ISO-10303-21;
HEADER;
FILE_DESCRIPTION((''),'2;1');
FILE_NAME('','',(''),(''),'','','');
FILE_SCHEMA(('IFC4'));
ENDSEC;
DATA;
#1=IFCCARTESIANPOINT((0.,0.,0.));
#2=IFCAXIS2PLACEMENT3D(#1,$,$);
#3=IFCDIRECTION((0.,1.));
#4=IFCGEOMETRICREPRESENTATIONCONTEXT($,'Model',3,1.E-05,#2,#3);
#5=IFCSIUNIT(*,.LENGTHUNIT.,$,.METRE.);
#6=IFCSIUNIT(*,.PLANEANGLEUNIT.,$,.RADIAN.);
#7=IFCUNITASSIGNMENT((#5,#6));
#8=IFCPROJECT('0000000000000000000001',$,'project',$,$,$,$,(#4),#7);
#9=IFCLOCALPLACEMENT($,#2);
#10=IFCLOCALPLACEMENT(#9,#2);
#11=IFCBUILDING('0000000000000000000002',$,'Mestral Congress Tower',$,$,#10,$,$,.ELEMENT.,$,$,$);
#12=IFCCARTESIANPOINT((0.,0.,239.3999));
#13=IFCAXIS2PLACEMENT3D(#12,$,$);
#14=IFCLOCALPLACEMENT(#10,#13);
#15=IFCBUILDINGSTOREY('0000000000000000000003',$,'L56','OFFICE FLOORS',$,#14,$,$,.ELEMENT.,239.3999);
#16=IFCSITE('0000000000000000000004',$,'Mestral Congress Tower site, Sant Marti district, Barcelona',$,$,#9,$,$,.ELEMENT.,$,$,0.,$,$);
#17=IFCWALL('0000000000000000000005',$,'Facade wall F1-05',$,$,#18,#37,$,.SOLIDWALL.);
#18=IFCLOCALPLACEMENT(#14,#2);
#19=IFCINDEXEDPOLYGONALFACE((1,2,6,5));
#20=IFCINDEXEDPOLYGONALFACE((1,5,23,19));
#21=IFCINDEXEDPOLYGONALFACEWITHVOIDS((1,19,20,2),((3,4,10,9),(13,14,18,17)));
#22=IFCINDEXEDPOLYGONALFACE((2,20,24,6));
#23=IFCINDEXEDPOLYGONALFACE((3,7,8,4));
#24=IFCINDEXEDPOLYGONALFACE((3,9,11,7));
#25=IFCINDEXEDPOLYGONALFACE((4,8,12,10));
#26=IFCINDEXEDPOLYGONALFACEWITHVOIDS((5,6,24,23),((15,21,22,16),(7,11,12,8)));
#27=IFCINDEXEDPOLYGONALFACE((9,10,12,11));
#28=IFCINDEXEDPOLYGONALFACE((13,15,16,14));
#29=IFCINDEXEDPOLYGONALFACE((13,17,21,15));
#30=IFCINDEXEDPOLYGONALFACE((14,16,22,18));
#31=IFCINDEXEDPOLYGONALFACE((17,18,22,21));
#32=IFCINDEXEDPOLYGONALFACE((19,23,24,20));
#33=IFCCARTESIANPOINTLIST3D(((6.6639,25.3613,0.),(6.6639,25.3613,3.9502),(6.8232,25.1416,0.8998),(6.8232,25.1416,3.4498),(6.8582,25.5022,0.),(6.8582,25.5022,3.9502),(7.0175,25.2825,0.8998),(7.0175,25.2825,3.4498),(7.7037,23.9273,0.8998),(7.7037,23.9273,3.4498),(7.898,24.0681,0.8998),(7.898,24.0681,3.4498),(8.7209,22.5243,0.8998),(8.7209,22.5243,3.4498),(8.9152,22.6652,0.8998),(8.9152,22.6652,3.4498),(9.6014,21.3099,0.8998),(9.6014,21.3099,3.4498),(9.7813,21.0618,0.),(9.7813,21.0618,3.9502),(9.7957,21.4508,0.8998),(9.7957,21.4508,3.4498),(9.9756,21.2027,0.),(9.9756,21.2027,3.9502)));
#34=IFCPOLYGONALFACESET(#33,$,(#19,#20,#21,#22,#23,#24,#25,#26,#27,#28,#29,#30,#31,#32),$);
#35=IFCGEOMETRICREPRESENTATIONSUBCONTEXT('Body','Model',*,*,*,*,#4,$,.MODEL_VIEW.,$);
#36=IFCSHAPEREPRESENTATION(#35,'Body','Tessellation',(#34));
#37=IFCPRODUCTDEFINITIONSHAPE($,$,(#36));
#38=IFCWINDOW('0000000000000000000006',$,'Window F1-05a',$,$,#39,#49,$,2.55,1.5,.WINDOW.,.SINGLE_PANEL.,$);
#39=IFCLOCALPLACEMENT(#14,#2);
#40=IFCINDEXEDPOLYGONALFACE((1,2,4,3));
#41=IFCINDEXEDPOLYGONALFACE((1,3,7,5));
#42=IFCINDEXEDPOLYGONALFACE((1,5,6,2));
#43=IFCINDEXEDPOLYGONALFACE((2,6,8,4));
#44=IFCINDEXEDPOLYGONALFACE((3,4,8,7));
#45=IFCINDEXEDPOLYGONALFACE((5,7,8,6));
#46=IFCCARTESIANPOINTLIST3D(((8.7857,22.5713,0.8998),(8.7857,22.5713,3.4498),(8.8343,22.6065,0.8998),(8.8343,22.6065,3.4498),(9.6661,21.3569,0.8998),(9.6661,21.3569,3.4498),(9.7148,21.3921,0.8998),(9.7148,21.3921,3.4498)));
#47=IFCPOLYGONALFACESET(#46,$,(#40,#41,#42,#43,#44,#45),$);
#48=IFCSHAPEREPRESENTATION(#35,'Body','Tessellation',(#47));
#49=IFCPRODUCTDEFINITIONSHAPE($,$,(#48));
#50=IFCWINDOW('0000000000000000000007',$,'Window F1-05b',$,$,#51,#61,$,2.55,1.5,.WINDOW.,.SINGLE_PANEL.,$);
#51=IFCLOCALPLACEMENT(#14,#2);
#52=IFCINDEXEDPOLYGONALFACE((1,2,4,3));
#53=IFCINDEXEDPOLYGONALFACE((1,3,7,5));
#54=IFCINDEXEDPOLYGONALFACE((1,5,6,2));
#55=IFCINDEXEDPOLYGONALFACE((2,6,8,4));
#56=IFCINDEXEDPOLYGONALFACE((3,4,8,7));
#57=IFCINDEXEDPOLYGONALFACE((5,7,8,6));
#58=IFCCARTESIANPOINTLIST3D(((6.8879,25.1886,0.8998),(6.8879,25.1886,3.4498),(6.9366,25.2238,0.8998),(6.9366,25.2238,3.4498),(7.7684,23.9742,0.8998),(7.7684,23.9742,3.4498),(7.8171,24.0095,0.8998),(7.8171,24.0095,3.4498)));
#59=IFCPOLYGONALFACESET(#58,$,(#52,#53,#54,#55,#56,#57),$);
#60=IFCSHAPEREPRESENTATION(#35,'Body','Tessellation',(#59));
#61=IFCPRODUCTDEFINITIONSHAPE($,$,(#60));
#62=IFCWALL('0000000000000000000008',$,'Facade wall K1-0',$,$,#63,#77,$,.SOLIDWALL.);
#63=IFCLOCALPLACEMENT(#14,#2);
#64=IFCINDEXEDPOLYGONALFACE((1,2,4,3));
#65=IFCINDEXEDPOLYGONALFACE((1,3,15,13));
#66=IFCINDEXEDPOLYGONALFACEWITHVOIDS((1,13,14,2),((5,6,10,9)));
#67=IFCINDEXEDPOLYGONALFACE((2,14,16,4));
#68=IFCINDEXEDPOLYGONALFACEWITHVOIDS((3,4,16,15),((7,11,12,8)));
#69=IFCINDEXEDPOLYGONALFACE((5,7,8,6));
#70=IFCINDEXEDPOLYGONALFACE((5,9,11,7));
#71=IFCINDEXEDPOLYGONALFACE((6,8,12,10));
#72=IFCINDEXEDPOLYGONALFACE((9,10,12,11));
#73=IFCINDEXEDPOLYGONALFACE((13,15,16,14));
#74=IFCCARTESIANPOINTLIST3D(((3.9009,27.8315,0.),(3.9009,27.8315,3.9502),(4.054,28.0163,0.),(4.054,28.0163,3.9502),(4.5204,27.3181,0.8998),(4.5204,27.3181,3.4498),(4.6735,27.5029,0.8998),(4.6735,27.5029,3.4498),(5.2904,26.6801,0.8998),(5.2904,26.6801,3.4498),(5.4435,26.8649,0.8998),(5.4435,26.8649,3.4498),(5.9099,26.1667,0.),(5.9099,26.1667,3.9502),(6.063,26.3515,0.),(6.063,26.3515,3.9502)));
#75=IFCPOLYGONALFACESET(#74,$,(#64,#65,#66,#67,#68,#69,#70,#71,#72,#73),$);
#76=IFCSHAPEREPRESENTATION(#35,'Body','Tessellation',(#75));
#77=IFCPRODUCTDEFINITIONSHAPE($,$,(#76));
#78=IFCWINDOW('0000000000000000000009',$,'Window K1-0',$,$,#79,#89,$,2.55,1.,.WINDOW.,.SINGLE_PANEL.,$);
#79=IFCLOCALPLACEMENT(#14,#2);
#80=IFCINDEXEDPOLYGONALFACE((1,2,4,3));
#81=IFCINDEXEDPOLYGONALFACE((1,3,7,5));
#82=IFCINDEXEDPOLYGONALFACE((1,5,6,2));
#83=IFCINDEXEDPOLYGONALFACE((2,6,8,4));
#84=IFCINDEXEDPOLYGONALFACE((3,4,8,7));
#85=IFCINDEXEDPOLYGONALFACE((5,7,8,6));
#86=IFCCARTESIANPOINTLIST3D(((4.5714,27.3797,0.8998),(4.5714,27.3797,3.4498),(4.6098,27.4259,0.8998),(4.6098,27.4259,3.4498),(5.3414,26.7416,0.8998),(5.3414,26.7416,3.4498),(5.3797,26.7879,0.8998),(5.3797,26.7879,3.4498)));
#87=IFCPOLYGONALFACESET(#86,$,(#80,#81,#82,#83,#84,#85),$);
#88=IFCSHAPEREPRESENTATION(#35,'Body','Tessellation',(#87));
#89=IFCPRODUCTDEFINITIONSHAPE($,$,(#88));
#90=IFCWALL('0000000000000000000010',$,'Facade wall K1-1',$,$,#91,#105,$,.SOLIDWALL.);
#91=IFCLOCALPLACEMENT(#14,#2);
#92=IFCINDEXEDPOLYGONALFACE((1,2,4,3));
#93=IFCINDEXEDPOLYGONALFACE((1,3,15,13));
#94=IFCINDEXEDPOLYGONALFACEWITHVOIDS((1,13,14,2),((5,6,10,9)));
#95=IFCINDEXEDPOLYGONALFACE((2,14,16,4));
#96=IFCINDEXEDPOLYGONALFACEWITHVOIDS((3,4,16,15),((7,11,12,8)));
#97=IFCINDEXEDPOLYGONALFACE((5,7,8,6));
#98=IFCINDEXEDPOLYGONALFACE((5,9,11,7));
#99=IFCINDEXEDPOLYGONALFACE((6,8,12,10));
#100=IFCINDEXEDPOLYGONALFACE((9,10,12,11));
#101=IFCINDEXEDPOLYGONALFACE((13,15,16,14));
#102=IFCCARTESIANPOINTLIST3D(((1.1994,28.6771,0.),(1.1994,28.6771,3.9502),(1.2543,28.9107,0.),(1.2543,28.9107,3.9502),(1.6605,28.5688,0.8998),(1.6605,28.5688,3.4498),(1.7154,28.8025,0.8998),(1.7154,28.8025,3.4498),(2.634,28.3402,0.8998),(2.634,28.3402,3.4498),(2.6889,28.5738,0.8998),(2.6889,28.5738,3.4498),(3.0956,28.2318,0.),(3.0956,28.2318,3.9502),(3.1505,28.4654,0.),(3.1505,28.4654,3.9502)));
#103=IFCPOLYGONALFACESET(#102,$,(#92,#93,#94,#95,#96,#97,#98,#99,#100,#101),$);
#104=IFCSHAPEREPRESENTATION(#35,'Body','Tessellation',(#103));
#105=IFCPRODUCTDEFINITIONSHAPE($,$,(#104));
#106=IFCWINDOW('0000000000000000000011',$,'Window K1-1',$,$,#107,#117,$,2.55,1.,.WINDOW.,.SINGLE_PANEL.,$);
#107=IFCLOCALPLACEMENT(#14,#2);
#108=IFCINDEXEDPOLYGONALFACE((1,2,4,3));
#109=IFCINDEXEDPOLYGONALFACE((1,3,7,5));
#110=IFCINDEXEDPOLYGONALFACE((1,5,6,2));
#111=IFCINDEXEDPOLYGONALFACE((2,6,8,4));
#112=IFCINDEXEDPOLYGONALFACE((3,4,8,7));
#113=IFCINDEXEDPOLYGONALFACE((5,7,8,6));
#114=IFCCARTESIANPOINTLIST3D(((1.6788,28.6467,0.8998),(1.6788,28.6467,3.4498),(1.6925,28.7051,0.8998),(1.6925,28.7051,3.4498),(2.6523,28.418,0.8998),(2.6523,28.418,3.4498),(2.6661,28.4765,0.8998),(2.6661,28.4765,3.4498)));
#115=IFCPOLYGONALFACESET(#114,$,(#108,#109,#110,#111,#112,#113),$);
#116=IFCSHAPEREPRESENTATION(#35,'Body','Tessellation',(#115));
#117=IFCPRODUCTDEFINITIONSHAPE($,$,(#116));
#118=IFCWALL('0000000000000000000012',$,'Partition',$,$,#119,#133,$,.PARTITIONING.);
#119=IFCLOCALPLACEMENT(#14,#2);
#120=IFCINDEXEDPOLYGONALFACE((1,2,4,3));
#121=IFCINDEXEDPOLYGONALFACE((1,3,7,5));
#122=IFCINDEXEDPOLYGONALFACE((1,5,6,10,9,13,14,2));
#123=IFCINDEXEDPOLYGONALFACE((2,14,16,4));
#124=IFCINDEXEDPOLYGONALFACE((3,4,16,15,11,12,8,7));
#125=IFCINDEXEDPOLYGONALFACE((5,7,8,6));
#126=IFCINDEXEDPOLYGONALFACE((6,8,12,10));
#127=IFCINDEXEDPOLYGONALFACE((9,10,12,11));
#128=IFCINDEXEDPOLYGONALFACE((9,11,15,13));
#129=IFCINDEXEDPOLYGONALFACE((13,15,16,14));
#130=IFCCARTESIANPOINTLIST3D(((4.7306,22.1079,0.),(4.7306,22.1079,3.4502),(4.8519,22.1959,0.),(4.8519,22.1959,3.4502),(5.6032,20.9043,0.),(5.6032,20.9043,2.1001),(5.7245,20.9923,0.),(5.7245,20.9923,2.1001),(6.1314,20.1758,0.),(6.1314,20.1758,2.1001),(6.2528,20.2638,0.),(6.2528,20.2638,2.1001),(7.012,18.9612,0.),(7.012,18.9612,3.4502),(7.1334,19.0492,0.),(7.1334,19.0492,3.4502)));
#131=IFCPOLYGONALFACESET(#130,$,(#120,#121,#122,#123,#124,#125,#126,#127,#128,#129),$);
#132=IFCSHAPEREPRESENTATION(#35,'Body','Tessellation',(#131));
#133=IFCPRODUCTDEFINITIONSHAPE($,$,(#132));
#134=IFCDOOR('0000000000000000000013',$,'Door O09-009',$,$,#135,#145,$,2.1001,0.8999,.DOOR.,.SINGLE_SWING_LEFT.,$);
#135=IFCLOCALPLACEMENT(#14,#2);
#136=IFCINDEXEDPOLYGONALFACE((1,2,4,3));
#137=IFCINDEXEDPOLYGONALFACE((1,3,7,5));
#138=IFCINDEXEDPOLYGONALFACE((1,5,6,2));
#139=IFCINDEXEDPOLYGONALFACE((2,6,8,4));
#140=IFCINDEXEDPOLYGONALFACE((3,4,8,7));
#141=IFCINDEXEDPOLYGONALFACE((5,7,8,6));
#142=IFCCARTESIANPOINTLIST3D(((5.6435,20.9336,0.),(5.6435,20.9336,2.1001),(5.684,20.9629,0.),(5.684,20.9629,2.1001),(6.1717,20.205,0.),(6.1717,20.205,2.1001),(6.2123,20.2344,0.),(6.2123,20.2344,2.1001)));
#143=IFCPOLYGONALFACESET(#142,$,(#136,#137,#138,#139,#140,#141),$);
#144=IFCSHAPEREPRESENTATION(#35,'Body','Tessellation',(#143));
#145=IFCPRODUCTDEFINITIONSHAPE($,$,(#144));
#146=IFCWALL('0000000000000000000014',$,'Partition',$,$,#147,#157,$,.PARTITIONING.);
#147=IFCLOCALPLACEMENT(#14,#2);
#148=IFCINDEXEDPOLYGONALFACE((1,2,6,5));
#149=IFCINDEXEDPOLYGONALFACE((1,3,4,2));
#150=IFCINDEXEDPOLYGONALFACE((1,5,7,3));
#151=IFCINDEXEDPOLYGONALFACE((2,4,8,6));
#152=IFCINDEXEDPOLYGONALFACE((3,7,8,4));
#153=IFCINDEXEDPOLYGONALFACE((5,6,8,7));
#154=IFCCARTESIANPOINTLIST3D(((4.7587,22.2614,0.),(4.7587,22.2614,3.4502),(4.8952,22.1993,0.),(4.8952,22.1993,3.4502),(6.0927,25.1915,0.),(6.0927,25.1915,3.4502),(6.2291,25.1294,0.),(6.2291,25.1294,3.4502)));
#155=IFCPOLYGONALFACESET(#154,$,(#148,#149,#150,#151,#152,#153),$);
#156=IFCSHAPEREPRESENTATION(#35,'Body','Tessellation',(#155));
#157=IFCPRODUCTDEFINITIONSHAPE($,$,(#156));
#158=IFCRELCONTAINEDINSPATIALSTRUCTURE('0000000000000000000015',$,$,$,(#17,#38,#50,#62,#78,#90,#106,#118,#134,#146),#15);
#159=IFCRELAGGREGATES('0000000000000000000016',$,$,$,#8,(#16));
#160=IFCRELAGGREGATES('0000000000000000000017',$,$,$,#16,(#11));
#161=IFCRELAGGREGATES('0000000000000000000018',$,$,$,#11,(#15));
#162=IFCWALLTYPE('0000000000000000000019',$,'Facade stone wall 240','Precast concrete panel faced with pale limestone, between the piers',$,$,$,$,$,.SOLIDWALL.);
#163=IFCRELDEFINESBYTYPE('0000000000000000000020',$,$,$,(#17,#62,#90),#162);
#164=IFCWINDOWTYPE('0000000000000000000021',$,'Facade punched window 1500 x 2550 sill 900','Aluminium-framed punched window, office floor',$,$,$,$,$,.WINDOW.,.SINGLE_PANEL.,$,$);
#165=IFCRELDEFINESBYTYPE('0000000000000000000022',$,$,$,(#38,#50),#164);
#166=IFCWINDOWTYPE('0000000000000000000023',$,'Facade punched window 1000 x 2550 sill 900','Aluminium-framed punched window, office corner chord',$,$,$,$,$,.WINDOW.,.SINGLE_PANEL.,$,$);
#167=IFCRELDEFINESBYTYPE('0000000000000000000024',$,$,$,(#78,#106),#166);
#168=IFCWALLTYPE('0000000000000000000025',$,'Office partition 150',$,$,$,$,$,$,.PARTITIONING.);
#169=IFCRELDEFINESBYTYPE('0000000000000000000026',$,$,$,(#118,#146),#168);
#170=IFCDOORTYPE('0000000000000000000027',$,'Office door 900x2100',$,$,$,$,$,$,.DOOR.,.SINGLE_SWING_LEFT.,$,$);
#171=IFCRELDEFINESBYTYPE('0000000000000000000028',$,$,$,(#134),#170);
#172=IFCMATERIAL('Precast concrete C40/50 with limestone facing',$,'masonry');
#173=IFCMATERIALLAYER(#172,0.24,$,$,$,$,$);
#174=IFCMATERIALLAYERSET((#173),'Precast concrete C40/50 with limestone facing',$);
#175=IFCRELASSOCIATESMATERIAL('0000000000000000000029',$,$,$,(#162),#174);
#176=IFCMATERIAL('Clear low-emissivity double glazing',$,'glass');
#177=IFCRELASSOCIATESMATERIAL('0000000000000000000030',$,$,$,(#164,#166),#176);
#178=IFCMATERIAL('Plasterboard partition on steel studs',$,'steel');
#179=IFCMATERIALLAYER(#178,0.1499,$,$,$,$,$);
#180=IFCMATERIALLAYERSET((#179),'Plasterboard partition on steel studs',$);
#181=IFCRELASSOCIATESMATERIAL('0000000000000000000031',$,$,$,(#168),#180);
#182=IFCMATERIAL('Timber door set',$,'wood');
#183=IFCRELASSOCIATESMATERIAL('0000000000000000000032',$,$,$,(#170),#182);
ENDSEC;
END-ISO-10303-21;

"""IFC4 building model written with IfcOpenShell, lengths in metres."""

from ifc_helpers import new_model, si_unit, direction, frame, frame_2d, origin, place, context, subcontext, project, spatial, rectangle, extrude, material, layer, layer_set, type_object, element, fill, save


model = new_model("IFC4")

# Units and contexts
model_context = context("Model", 3, precision=1e-05, world=origin(), true_north=direction((0.0, 1.0)))
body_context = subcontext(model_context, "Body", "Model", "MODEL_VIEW")
ifc_project = project(units=[si_unit("LENGTHUNIT", "METRE"), si_unit("PLANEANGLEUNIT", "RADIAN")], contexts=[model_context])

# Site, building, storey
site_placement = place(None, origin())
site = spatial("IfcSite", under=ifc_project, at=site_placement, Name="Mestral Congress Tower site, Sant Marti district, Barcelona", CompositionType="ELEMENT", RefElevation=0.0)
building_placement = place(site_placement, origin())
building = spatial("IfcBuilding", under=site, at=building_placement, Name="Mestral Congress Tower", CompositionType="ELEMENT")
storey_placement = place(building_placement, frame((0.0, 0.0, 239.3999)))
storey = spatial("IfcBuildingStorey", under=building, at=storey_placement, Name="L56", Description="OFFICE FLOORS", CompositionType="ELEMENT", Elevation=239.3999)

# Wall, openings, windows
ifc_material_1 = material(Name="Precast concrete C40/50 with limestone facing", Category="masonry")
ifc_layer_1 = layer(ifc_material_1, 0.24)
ifc_layer_set_1 = layer_set([ifc_layer_1], Name="Precast concrete C40/50 with limestone facing")
wall_type_1 = type_object("IfcWallType", Name="Facade stone wall 240", Description="Precast concrete panel faced with pale limestone, between the piers", PredefinedType="SOLIDWALL", material=ifc_layer_set_1)
wall_1_placement = place(storey_placement, frame((9.8784, 21.1323, 0.0), z_axis=(0.0, 0.0, 1.0), x_axis=(-0.586998, 0.809588, 0.0)))
wall_1 = element("IfcWall", 1, at=wall_1_placement, inside=storey, type_object=wall_type_1, Name="Facade wall F1-05", PredefinedType="SOLIDWALL", context=body_context, shape_type="SweptSolid", body=[
    extrude(rectangle(XDim=5.3108, YDim=0.24, at=frame_2d((2.6553, 0.0))), origin(), (0.0, 0.0, 1.0), 3.9502),
])
opening_1_placement = place(wall_1_placement, frame((0.3064, 0.0, 0.8999)))
opening_1 = element("IfcOpeningElement", 2, at=opening_1_placement, cuts=wall_1, PredefinedType="OPENING", context=body_context, shape_type="SweptSolid", body=[
    extrude(rectangle(XDim=1.5, YDim=2.55, at=frame_2d((0.75, 1.2749))), frame((0.0, 0.1299, 0.0), z_axis=(0.0, -1.0, 0.0), x_axis=(1.0, 0.0, 0.0)), (0.0, 0.0, 1.0), 0.26),
])
opening_2_placement = place(wall_1_placement, frame((3.5393, 0.0, 0.8999)))
opening_2 = element("IfcOpeningElement", 3, at=opening_2_placement, cuts=wall_1, PredefinedType="OPENING", context=body_context, shape_type="SweptSolid", body=[
    extrude(rectangle(XDim=1.5, YDim=2.55, at=frame_2d((0.75, 1.2749))), frame((0.0, 0.1299, 0.0), z_axis=(0.0, -1.0, 0.0), x_axis=(1.0, 0.0, 0.0)), (0.0, 0.0, 1.0), 0.26),
])
ifc_material_2 = material(Name="Clear low-emissivity double glazing", Category="glass")
window_type_1 = type_object("IfcWindowType", Name="Facade punched window 1500 x 2550 sill 900", Description="Aluminium-framed punched window, office floor", PartitioningType="SINGLE_PANEL", PredefinedType="WINDOW", material=ifc_material_2)
window_1_placement = place(opening_1_placement, origin())
window_1 = element("IfcWindow", 4, at=window_1_placement, inside=storey, type_object=window_type_1, Name="Window F1-05a", OverallHeight=2.55, OverallWidth=1.5, PartitioningType="SINGLE_PANEL", PredefinedType="WINDOW", context=body_context, shape_type="SweptSolid", body=[
    extrude(rectangle(XDim=1.5, YDim=2.55, at=frame_2d((0.75, 1.2749))), frame((0.0, 0.04, 0.0), z_axis=(0.0, -1.0, 0.0), x_axis=(1.0, 0.0, 0.0)), (0.0, 0.0, 1.0), 0.0601),
])
fill(opening_1, window_1)
window_2_placement = place(opening_2_placement, origin())
window_2 = element("IfcWindow", 5, at=window_2_placement, inside=storey, type_object=window_type_1, Name="Window F1-05b", OverallHeight=2.55, OverallWidth=1.5, PartitioningType="SINGLE_PANEL", PredefinedType="WINDOW", context=body_context, shape_type="SweptSolid", body=[
    extrude(rectangle(XDim=1.5, YDim=2.55, at=frame_2d((0.75, 1.2749))), frame((0.0, 0.04, 0.0), z_axis=(0.0, -1.0, 0.0), x_axis=(1.0, 0.0, 0.0)), (0.0, 0.0, 1.0), 0.0601),
])
fill(opening_2, window_2)

# Walls, openings, windows
wall_2_placement = place(storey_placement, frame((5.9866, 26.259, 0.0), z_axis=(0.0, 0.0, 1.0), x_axis=(-0.76999, 0.638056, 0.0)))
wall_2 = element("IfcWall", 6, at=wall_2_placement, inside=storey, type_object=wall_type_1, Name="Facade wall K1-0", PredefinedType="SOLIDWALL", context=body_context, shape_type="SweptSolid", body=[
    extrude(rectangle(XDim=2.6091, YDim=0.24, at=frame_2d((1.3047, 0.0))), origin(), (0.0, 0.0, 1.0), 3.9502),
])
opening_3_placement = place(wall_2_placement, frame((0.8047, 0.0, 0.8999)))
opening_3 = element("IfcOpeningElement", 7, at=opening_3_placement, cuts=wall_2, PredefinedType="OPENING", context=body_context, shape_type="SweptSolid", body=[
    extrude(rectangle(XDim=1.0, YDim=2.55, at=frame_2d((0.5, 1.2749))), frame((0.0, 0.1299, 0.0), z_axis=(0.0, -1.0, 0.0), x_axis=(1.0, 0.0, 0.0)), (0.0, 0.0, 1.0), 0.26),
])
window_type_2 = type_object("IfcWindowType", Name="Facade punched window 1000 x 2550 sill 900", Description="Aluminium-framed punched window, office corner chord", PartitioningType="SINGLE_PANEL", PredefinedType="WINDOW", material=ifc_material_2)
window_3_placement = place(opening_3_placement, origin())
window_3 = element("IfcWindow", 8, at=window_3_placement, inside=storey, type_object=window_type_2, Name="Window K1-0", OverallHeight=2.55, OverallWidth=1.0, PartitioningType="SINGLE_PANEL", PredefinedType="WINDOW", context=body_context, shape_type="SweptSolid", body=[
    extrude(rectangle(XDim=1.0, YDim=2.55, at=frame_2d((0.5, 1.2749))), frame((0.0, 0.04, 0.0), z_axis=(0.0, -1.0, 0.0), x_axis=(1.0, 0.0, 0.0)), (0.0, 0.0, 1.0), 0.0601),
])
fill(opening_3, window_3)
wall_3_placement = place(storey_placement, frame((3.123, 28.3486, 0.0), z_axis=(0.0, 0.0, 1.0), x_axis=(-0.973516, 0.22862, 0.0)))
wall_3 = element("IfcWall", 9, at=wall_3_placement, inside=storey, type_object=wall_type_1, Name="Facade wall K1-1", PredefinedType="SOLIDWALL", context=body_context, shape_type="SweptSolid", body=[
    extrude(rectangle(XDim=1.9478, YDim=0.24, at=frame_2d((0.9739, 0.0))), origin(), (0.0, 0.0, 1.0), 3.9502),
])
opening_4_placement = place(wall_3_placement, frame((0.4741, 0.0, 0.8999)))
opening_4 = element("IfcOpeningElement", 10, at=opening_4_placement, cuts=wall_3, PredefinedType="OPENING", context=body_context, shape_type="SweptSolid", body=[
    extrude(rectangle(XDim=1.0, YDim=2.55, at=frame_2d((0.5, 1.2749))), frame((0.0, 0.1299, 0.0), z_axis=(0.0, -1.0, 0.0), x_axis=(1.0, 0.0, 0.0)), (0.0, 0.0, 1.0), 0.26),
])
window_4_placement = place(opening_4_placement, origin())
window_4 = element("IfcWindow", 11, at=window_4_placement, inside=storey, type_object=window_type_2, Name="Window K1-1", OverallHeight=2.55, OverallWidth=1.0, PartitioningType="SINGLE_PANEL", PredefinedType="WINDOW", context=body_context, shape_type="SweptSolid", body=[
    extrude(rectangle(XDim=1.0, YDim=2.55, at=frame_2d((0.5, 1.2749))), frame((0.0, 0.04, 0.0), z_axis=(0.0, -1.0, 0.0), x_axis=(1.0, 0.0, 0.0)), (0.0, 0.0, 1.0), 0.0601),
])
fill(opening_4, window_4)

# Wall, opening, door
ifc_material_3 = material(Name="Plasterboard partition on steel studs", Category="steel")
ifc_layer_2 = layer(ifc_material_3, 0.1499)
ifc_layer_set_2 = layer_set([ifc_layer_2], Name="Plasterboard partition on steel studs")
wall_type_2 = type_object("IfcWallType", Name="Office partition 150", PredefinedType="PARTITIONING", material=ifc_layer_set_2)
wall_4_placement = place(storey_placement, frame((4.7913, 22.1519, 0.0), z_axis=(0.0, 0.0, 1.0), x_axis=(0.586987, -0.809596, 0.0)))
wall_4 = element("IfcWall", 12, at=wall_4_placement, inside=storey, type_object=wall_type_2, Name="Partition", PredefinedType="PARTITIONING", context=body_context, shape_type="SweptSolid", body=[
    extrude(rectangle(XDim=3.8867, YDim=0.1499, at=frame_2d((1.9434, 0.0))), origin(), (0.0, 0.0, 1.0), 3.4502),
])
opening_5_placement = place(wall_4_placement, frame((1.4866, 0.0, 0.0)))
opening_5 = element("IfcOpeningElement", 13, at=opening_5_placement, cuts=wall_4, PredefinedType="OPENING", context=body_context, shape_type="SweptSolid", body=[
    extrude(rectangle(XDim=0.8999, YDim=2.1001, at=frame_2d((0.45, 1.05))), frame((0.0, 0.085, 0.0), z_axis=(0.0, -1.0, 0.0), x_axis=(1.0, 0.0, 0.0)), (0.0, 0.0, 1.0), 0.1699),
])
ifc_material_4 = material(Name="Timber door set", Category="wood")
door_type_1 = type_object("IfcDoorType", Name="Office door 900x2100", OperationType="SINGLE_SWING_LEFT", PredefinedType="DOOR", material=ifc_material_4)
door_1_placement = place(opening_5_placement, origin())
door_1 = element("IfcDoor", 14, at=door_1_placement, inside=storey, type_object=door_type_1, Name="Door O09-009", OperationType="SINGLE_SWING_LEFT", OverallHeight=2.1001, OverallWidth=0.8999, PredefinedType="DOOR", context=body_context, shape_type="SweptSolid", body=[
    extrude(rectangle(XDim=0.8999, YDim=2.1001, at=frame_2d((0.45, 1.05))), frame((0.0, 0.0249, 0.0), z_axis=(0.0, -1.0, 0.0), x_axis=(1.0, 0.0, 0.0)), (0.0, 0.0, 1.0), 0.05),
])
fill(opening_5, door_1)

# Wall
wall_5_placement = place(storey_placement, frame((4.8269, 22.2302, 0.0), z_axis=(0.0, 0.0, 1.0), x_axis=(0.41434, 0.910122, 0.0)))
element("IfcWall", 15, at=wall_5_placement, inside=storey, type_object=wall_type_2, Name="Partition", PredefinedType="PARTITIONING", context=body_context, shape_type="SweptSolid", body=[
    extrude(rectangle(XDim=3.2195, YDim=0.1499, at=frame_2d((1.6099, 0.0))), origin(), (0.0, 0.0, 1.0), 3.4502),
])

save(model, "model.ifc")
